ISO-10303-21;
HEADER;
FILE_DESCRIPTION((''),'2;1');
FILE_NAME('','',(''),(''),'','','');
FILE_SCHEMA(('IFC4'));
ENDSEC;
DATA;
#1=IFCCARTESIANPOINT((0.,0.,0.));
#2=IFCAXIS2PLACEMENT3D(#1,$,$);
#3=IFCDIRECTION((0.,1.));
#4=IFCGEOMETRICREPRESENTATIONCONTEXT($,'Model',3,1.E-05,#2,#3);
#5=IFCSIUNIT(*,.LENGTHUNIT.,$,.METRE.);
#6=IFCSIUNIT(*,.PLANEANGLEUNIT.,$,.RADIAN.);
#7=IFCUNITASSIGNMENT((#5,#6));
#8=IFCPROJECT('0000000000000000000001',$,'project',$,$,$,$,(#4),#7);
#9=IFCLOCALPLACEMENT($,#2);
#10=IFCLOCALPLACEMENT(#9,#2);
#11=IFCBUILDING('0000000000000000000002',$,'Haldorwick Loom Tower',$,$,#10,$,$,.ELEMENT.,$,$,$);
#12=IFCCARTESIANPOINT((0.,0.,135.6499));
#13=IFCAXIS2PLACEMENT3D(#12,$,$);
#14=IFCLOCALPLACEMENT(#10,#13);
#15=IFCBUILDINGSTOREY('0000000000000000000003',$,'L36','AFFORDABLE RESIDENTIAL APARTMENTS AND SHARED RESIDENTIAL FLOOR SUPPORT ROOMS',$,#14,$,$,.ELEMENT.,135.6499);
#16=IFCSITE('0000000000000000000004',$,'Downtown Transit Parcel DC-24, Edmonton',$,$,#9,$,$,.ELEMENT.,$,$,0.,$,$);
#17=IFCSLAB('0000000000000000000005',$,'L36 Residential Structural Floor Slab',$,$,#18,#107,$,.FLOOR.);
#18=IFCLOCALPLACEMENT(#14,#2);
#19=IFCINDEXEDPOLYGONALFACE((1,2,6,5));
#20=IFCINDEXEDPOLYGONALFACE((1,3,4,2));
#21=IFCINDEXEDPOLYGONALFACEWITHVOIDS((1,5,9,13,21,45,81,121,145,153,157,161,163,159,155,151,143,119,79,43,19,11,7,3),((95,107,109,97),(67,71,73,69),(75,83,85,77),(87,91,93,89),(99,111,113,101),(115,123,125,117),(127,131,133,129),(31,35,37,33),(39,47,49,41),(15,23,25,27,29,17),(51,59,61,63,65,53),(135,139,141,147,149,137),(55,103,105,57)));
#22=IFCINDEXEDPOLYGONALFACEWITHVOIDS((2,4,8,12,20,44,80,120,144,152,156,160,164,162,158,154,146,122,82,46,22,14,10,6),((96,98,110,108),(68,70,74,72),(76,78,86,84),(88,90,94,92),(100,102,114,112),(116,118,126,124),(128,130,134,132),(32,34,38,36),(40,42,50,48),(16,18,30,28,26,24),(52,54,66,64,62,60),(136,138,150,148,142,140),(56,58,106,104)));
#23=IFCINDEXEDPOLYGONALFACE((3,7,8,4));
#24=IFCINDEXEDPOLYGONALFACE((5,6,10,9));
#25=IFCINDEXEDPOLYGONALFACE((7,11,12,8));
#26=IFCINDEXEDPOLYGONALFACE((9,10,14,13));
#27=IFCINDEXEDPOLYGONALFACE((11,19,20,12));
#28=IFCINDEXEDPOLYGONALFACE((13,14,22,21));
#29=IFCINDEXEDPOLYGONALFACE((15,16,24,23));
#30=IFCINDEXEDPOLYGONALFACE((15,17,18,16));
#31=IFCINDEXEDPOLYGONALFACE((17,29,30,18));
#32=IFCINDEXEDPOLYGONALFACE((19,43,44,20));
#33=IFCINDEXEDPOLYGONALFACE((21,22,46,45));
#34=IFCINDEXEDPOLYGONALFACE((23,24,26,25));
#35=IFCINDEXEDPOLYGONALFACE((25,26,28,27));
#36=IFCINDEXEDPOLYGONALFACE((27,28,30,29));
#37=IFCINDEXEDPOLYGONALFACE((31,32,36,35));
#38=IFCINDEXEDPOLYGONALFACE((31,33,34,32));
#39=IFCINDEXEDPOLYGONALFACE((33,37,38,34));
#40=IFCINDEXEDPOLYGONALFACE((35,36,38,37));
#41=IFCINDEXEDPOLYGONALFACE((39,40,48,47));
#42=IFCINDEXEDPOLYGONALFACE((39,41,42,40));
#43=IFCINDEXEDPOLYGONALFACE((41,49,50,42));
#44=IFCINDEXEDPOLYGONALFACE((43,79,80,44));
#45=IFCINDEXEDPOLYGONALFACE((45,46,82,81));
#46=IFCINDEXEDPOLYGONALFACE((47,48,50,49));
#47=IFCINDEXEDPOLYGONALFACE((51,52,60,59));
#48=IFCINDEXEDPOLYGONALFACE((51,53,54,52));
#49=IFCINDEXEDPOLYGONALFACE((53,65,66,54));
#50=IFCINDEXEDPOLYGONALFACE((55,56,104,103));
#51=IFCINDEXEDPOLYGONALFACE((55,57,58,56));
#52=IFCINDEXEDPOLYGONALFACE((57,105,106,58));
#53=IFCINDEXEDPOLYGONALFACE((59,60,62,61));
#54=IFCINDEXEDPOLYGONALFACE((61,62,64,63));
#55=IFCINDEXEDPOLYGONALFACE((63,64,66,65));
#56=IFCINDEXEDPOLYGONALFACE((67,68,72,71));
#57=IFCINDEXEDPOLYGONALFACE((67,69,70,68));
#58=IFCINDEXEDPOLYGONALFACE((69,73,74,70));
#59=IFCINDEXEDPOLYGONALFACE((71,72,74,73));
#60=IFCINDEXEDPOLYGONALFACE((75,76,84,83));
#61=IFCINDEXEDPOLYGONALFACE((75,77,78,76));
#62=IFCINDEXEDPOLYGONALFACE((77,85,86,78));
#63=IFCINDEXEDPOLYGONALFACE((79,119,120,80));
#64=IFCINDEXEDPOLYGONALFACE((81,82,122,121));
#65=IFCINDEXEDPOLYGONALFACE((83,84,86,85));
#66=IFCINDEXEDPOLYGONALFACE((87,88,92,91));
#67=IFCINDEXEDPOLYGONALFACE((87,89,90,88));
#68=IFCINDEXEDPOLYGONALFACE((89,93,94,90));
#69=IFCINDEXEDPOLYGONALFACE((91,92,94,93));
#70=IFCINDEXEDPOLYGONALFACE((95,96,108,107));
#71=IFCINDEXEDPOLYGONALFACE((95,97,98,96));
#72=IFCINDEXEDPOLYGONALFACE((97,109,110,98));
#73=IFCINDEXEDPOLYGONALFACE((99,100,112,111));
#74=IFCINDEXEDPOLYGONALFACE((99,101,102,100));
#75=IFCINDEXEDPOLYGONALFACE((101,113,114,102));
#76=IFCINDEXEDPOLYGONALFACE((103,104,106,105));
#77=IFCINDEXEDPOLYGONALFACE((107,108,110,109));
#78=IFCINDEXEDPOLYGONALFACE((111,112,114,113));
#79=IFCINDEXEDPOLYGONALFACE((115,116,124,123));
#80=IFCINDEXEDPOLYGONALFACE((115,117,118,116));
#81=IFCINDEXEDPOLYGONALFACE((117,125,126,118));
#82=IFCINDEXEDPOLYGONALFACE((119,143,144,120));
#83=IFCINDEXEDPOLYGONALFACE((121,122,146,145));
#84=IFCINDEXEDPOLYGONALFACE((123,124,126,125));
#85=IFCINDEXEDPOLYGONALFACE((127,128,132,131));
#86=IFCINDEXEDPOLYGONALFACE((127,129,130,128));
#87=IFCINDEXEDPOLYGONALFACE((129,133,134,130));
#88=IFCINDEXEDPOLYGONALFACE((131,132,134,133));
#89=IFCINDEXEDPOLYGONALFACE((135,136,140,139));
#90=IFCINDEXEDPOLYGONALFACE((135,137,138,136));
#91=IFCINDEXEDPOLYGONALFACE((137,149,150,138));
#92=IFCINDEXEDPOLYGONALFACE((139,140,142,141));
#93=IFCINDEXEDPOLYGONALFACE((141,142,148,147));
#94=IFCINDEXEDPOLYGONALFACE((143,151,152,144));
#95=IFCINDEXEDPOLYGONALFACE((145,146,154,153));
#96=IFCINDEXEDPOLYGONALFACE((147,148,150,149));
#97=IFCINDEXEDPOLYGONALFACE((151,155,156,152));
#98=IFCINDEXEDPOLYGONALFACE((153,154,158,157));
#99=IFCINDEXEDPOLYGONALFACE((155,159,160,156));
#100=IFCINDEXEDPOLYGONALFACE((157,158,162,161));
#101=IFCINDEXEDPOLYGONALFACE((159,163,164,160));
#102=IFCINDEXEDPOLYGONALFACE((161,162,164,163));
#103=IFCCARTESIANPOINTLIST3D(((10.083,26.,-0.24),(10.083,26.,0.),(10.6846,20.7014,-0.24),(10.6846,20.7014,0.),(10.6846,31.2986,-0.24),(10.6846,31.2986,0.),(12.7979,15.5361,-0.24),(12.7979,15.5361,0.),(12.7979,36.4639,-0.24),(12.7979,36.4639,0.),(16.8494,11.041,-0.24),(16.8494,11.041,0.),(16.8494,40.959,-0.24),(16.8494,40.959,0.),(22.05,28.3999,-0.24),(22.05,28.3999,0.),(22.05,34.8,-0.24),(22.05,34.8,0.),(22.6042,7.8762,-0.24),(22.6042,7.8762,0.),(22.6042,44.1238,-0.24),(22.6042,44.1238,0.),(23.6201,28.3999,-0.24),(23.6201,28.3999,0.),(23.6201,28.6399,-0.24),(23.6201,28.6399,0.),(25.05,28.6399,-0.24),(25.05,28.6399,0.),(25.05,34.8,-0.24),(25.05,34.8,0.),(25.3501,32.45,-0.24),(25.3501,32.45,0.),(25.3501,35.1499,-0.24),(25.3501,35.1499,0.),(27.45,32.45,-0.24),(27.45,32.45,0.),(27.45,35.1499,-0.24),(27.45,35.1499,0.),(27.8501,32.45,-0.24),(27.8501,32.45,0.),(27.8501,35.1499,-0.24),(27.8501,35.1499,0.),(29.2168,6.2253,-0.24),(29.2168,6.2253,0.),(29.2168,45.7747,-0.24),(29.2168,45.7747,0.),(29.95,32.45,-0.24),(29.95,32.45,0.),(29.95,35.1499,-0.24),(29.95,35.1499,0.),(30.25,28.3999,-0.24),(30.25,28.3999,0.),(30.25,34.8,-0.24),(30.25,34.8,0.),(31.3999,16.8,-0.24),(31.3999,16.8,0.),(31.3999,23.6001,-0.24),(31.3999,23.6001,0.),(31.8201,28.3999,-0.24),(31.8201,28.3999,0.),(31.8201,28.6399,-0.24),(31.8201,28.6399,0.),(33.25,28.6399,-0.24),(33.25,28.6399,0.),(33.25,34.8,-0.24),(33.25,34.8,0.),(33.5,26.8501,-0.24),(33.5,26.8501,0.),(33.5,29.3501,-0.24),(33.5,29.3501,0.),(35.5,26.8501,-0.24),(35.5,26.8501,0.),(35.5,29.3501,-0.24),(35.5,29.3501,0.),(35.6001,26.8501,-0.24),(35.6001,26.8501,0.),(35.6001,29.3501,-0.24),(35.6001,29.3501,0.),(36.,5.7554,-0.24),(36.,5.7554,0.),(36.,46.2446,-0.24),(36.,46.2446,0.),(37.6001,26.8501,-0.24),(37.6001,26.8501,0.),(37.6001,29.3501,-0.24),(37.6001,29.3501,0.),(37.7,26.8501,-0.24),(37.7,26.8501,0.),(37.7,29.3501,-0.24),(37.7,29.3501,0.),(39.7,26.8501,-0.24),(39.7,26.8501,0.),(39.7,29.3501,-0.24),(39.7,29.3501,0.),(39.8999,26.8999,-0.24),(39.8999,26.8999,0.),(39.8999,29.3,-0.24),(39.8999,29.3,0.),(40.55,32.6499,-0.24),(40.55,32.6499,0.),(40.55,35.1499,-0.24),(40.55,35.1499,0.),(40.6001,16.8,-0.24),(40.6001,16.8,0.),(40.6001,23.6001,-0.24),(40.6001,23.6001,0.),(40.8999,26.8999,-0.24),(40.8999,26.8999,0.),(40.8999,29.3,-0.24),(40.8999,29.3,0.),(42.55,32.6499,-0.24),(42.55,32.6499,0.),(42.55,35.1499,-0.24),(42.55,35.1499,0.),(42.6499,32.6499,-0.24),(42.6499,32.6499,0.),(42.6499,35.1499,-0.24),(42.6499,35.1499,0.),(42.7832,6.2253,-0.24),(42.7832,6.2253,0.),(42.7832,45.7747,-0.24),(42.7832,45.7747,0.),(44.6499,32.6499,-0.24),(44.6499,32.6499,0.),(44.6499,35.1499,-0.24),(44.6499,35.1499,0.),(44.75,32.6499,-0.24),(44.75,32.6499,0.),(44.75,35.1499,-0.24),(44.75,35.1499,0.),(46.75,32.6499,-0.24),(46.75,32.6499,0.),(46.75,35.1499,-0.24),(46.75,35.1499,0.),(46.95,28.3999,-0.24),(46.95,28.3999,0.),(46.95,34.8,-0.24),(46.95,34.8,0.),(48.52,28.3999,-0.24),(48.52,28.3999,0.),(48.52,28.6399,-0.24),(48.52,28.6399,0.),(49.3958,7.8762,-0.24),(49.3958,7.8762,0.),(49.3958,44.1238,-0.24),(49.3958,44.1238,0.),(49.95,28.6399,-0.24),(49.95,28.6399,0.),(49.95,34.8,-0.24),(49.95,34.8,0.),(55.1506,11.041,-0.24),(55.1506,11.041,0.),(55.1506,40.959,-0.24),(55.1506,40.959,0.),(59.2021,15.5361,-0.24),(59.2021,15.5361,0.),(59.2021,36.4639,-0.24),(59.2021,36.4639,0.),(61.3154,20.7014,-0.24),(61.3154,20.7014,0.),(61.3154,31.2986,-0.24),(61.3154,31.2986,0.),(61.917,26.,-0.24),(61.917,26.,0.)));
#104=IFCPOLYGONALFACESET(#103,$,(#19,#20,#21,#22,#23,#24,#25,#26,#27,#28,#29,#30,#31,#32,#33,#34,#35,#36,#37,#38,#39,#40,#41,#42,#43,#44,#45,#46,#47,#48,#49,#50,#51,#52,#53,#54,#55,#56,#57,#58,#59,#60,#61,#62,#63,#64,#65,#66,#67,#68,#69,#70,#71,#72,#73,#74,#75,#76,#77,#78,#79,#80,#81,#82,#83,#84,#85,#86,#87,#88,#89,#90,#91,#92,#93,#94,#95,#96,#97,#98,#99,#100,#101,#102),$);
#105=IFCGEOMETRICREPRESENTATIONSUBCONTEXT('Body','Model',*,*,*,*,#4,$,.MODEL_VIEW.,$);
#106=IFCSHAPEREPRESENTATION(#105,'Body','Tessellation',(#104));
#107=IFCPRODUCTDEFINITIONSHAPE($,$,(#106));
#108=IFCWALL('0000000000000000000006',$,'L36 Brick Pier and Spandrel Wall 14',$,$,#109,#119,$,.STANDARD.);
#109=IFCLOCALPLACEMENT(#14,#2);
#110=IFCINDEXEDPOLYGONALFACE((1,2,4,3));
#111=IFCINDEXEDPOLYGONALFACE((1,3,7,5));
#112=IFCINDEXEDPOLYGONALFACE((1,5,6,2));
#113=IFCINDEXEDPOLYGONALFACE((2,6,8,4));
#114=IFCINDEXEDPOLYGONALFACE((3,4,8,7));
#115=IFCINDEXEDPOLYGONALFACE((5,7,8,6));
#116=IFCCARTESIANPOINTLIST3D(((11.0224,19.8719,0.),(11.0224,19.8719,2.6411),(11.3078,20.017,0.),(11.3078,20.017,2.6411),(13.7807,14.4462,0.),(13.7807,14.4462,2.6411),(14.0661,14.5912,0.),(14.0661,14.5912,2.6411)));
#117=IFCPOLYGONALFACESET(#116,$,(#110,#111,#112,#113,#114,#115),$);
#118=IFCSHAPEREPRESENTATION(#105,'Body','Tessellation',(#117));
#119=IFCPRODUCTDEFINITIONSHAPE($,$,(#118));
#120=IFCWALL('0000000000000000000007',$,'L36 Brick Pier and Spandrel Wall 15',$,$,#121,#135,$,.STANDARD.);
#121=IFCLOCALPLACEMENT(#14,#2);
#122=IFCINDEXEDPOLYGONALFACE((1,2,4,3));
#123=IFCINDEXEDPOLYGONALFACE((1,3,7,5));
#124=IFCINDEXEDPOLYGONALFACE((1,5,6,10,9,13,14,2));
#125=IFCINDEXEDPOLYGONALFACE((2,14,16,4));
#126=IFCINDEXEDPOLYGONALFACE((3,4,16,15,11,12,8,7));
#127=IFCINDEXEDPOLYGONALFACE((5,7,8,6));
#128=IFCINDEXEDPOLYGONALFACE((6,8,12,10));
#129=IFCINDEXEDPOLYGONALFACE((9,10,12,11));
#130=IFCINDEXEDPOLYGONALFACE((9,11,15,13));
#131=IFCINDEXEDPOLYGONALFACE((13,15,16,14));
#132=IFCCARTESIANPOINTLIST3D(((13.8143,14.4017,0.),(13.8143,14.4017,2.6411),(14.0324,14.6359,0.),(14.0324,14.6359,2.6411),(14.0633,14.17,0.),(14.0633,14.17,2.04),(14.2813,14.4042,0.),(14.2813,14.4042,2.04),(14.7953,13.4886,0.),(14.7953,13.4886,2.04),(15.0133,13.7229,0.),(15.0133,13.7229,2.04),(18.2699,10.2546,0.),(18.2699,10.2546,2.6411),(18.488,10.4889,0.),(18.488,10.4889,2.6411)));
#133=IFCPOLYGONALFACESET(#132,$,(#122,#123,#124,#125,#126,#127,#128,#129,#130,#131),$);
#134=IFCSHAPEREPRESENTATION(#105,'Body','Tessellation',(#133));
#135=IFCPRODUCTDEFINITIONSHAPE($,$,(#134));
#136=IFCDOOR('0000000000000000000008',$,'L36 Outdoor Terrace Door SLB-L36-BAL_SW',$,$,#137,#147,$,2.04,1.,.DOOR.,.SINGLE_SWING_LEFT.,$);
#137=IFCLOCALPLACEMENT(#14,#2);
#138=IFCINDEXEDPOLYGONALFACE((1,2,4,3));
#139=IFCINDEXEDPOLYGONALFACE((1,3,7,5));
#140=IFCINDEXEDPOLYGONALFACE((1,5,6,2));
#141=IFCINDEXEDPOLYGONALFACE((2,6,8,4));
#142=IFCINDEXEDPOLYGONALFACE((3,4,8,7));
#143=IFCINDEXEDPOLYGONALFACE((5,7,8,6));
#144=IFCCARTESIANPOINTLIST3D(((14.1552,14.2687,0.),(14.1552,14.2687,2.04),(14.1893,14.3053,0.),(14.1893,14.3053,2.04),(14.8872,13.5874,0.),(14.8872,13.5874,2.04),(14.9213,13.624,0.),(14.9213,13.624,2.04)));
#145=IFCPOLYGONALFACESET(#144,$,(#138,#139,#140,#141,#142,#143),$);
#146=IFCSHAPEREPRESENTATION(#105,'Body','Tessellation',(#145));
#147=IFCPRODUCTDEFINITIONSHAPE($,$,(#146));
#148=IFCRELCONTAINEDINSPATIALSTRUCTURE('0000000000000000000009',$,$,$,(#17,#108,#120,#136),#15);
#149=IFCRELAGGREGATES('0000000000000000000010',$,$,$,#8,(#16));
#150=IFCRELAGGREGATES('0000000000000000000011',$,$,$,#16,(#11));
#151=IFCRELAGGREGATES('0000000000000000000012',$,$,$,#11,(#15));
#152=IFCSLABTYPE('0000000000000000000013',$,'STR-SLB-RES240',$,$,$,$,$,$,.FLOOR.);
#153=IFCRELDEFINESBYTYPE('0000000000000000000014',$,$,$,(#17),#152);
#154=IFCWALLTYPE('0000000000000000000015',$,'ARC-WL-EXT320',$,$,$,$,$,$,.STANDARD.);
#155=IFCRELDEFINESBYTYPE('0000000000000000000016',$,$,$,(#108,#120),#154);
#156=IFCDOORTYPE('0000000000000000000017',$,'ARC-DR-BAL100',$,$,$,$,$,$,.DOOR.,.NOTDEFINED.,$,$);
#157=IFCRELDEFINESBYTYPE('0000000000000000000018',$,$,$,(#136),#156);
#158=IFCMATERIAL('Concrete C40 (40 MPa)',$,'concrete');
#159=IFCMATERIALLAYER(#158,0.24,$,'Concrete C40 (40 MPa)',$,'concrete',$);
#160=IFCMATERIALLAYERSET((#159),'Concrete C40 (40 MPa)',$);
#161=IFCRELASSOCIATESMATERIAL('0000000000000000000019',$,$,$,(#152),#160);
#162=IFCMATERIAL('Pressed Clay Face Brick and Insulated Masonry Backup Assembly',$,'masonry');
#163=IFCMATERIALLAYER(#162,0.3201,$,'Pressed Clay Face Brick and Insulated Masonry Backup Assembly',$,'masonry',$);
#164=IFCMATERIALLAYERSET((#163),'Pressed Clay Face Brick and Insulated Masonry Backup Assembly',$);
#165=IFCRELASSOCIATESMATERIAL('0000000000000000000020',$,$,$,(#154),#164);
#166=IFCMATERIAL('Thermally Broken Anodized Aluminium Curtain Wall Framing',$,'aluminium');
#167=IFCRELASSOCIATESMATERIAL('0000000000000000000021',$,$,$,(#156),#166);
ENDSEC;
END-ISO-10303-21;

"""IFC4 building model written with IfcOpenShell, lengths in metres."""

from ifc_helpers import new_model, si_unit, direction, frame, frame_2d, origin, place, context, subcontext, project, spatial, polyline, rectangle, outline, extrude, material, layer, layer_set, type_object, element, fill, save


model = new_model("IFC4")

# Units and contexts
model_context = context("Model", 3, precision=1e-05, world=origin(), true_north=direction((0.0, 1.0)))
body_context = subcontext(model_context, "Body", "Model", "MODEL_VIEW")
ifc_project = project(units=[si_unit("LENGTHUNIT", "METRE"), si_unit("PLANEANGLEUNIT", "RADIAN")], contexts=[model_context])

# Site, building, storey
site_placement = place(None, origin())
site = spatial("IfcSite", under=ifc_project, at=site_placement, Name="Downtown Transit Parcel DC-24, Edmonton", CompositionType="ELEMENT", RefElevation=0.0)
building_placement = place(site_placement, origin())
building = spatial("IfcBuilding", under=site, at=building_placement, Name="Haldorwick Loom Tower", CompositionType="ELEMENT")
storey_placement = place(building_placement, frame((0.0, 0.0, 135.6499)))
storey = spatial("IfcBuildingStorey", under=building, at=storey_placement, Name="L36", Description="AFFORDABLE RESIDENTIAL APARTMENTS AND SHARED RESIDENTIAL FLOOR SUPPORT ROOMS", CompositionType="ELEMENT", Elevation=135.6499)

# Shared definitions
ifc_material_1 = material(Name="Concrete C40 (40 MPa)", Category="concrete")

# Slab
ifc_layer_1 = layer(ifc_material_1, 0.24, Name="Concrete C40 (40 MPa)", Category="concrete")
ifc_layer_set_1 = layer_set([ifc_layer_1], Name="Concrete C40 (40 MPa)")
slab_type_1 = type_object("IfcSlabType", Name="STR-SLB-RES240", PredefinedType="FLOOR", material=ifc_layer_set_1)
slab_1_placement = place(storey_placement, frame((0.0, 0.0, -0.24)))
element("IfcSlab", 1, at=slab_1_placement, inside=storey, type_object=slab_type_1, Name="L36 Residential Structural Floor Slab", PredefinedType="FLOOR", context=body_context, shape_type="SweptSolid", body=[
    extrude(outline(polyline([(55.1506, 11.041), (59.2021, 15.5361), (61.3154, 20.7014), (61.917, 26.0), (61.3154, 31.2986), (59.2021, 36.4639), (55.1506, 40.959), (49.3958, 44.1238), (42.7832, 45.7747), (36.0, 46.2446), (29.2168, 45.7747), (22.6042, 44.1238), (16.8494, 40.959), (12.7979, 36.4639), (10.6846, 31.2986), (10.083, 26.0), (10.6846, 20.7014), (12.7979, 15.5361), (16.8494, 11.041), (22.6042, 7.8762), (29.2168, 6.2253), (36.0, 5.7554), (42.7832, 6.2253), (49.3958, 7.8762), (55.1506, 11.041)]), holes=[polyline([(31.3999, 16.8), (31.3999, 23.6001), (40.6001, 23.6001), (40.6001, 16.8), (31.3999, 16.8)]), polyline([(33.5, 26.8501), (33.5, 29.3501), (35.5, 29.3501), (35.5, 26.8501), (33.5, 26.8501)]), polyline([(35.6001, 26.8501), (35.6001, 29.3501), (37.6001, 29.3501), (37.6001, 26.8501), (35.6001, 26.8501)]), polyline([(23.6201, 28.3999), (22.05, 28.3999), (22.05, 34.8), (25.05, 34.8), (25.05, 28.6399), (23.6201, 28.6399), (23.6201, 28.3999)]), polyline([(30.25, 28.3999), (30.25, 34.8), (33.25, 34.8), (33.25, 28.6399), (31.8201, 28.6399), (31.8201, 28.3999), (30.25, 28.3999)]), polyline([(25.3501, 32.45), (25.3501, 35.1499), (27.45, 35.1499), (27.45, 32.45), (25.3501, 32.45)]), polyline([(29.95, 32.45), (27.8501, 32.45), (27.8501, 35.1499), (29.95, 35.1499), (29.95, 32.45)]), polyline([(37.7, 26.8501), (37.7, 29.3501), (39.7, 29.3501), (39.7, 26.8501), (37.7, 26.8501)]), polyline([(39.8999, 26.8999), (39.8999, 29.3), (40.8999, 29.3), (40.8999, 26.8999), (39.8999, 26.8999)]), polyline([(46.95, 28.3999), (46.95, 34.8), (49.95, 34.8), (49.95, 28.6399), (48.52, 28.6399), (48.52, 28.3999), (46.95, 28.3999)]), polyline([(40.55, 32.6499), (40.55, 35.1499), (42.55, 35.1499), (42.55, 32.6499), (40.55, 32.6499)]), polyline([(42.6499, 32.6499), (42.6499, 35.1499), (44.6499, 35.1499), (44.6499, 32.6499), (42.6499, 32.6499)]), polyline([(44.75, 32.6499), (44.75, 35.1499), (46.75, 35.1499), (46.75, 32.6499), (44.75, 32.6499)])]), origin(), (0.0, 0.0, 1.0), 0.24),
])

# Wall
ifc_material_2 = material(Name="Pressed Clay Face Brick and Insulated Masonry Backup Assembly", Category="masonry")
ifc_layer_2 = layer(ifc_material_2, 0.3201, Name="Pressed Clay Face Brick and Insulated Masonry Backup Assembly", Category="masonry")
ifc_layer_set_2 = layer_set([ifc_layer_2], Name="Pressed Clay Face Brick and Insulated Masonry Backup Assembly")
wall_type_1 = type_object("IfcWallType", Name="ARC-WL-EXT320", PredefinedType="STANDARD", material=ifc_layer_set_2)
wall_1_placement = place(storey_placement, frame((11.165, 19.9446, 0.0), z_axis=(0.0, 0.0, 1.0), x_axis=(0.453172, -0.891423, 0.0)))
element("IfcWall", 2, at=wall_1_placement, inside=storey, type_object=wall_type_1, Name="L36 Brick Pier and Spandrel Wall 14", PredefinedType="STANDARD", context=body_context, shape_type="SweptSolid", body=[
    extrude(rectangle(XDim=6.0867, YDim=0.3201, at=frame_2d((3.0435, 0.0))), origin(), (0.0, 0.0, 1.0), 2.6411),
])

# Wall, opening, door
wall_2_placement = place(storey_placement, frame((13.9233, 14.5188, 0.0), z_axis=(0.0, 0.0, 1.0), x_axis=(0.732002, -0.681303, 0.0)))
wall_2 = element("IfcWall", 3, at=wall_2_placement, inside=storey, type_object=wall_type_1, Name="L36 Brick Pier and Spandrel Wall 15", PredefinedType="STANDARD", context=body_context, shape_type="SweptSolid", body=[
    extrude(rectangle(XDim=6.0869, YDim=0.3201, at=frame_2d((3.0435, 0.0))), origin(), (0.0, 0.0, 1.0), 2.6411),
])
opening_1_placement = place(wall_2_placement, frame((0.3401, 0.0, 0.0)))
opening_1 = element("IfcOpeningElement", 4, at=opening_1_placement, cuts=wall_2, PredefinedType="OPENING", context=body_context, shape_type="SweptSolid", body=[
    extrude(rectangle(XDim=1.0, YDim=2.04, at=frame_2d((0.5, 1.02))), frame((0.0, 0.1699, 0.0), z_axis=(0.0, -1.0, 0.0), x_axis=(1.0, 0.0, 0.0)), (0.0, 0.0, 1.0), 0.3401),
])
ifc_material_3 = material(Name="Thermally Broken Anodized Aluminium Curtain Wall Framing", Category="aluminium")
door_type = type_object("IfcDoorType", Name="ARC-DR-BAL100", OperationType="NOTDEFINED", PredefinedType="DOOR", material=ifc_material_3)
door_placement = place(opening_1_placement, origin())
door = element("IfcDoor", 5, at=door_placement, inside=storey, type_object=door_type, Name="L36 Outdoor Terrace Door SLB-L36-BAL_SW", OperationType="SINGLE_SWING_LEFT", OverallHeight=2.04, OverallWidth=1.0, PredefinedType="DOOR", context=body_context, shape_type="SweptSolid", body=[
    extrude(rectangle(XDim=1.0, YDim=2.04, at=frame_2d((0.5, 1.02))), frame((0.0, 0.0249, 0.0), z_axis=(0.0, -1.0, 0.0), x_axis=(1.0, 0.0, 0.0)), (0.0, 0.0, 1.0), 0.05),
])
fill(opening_1, door)

save(model, "model.ifc")
